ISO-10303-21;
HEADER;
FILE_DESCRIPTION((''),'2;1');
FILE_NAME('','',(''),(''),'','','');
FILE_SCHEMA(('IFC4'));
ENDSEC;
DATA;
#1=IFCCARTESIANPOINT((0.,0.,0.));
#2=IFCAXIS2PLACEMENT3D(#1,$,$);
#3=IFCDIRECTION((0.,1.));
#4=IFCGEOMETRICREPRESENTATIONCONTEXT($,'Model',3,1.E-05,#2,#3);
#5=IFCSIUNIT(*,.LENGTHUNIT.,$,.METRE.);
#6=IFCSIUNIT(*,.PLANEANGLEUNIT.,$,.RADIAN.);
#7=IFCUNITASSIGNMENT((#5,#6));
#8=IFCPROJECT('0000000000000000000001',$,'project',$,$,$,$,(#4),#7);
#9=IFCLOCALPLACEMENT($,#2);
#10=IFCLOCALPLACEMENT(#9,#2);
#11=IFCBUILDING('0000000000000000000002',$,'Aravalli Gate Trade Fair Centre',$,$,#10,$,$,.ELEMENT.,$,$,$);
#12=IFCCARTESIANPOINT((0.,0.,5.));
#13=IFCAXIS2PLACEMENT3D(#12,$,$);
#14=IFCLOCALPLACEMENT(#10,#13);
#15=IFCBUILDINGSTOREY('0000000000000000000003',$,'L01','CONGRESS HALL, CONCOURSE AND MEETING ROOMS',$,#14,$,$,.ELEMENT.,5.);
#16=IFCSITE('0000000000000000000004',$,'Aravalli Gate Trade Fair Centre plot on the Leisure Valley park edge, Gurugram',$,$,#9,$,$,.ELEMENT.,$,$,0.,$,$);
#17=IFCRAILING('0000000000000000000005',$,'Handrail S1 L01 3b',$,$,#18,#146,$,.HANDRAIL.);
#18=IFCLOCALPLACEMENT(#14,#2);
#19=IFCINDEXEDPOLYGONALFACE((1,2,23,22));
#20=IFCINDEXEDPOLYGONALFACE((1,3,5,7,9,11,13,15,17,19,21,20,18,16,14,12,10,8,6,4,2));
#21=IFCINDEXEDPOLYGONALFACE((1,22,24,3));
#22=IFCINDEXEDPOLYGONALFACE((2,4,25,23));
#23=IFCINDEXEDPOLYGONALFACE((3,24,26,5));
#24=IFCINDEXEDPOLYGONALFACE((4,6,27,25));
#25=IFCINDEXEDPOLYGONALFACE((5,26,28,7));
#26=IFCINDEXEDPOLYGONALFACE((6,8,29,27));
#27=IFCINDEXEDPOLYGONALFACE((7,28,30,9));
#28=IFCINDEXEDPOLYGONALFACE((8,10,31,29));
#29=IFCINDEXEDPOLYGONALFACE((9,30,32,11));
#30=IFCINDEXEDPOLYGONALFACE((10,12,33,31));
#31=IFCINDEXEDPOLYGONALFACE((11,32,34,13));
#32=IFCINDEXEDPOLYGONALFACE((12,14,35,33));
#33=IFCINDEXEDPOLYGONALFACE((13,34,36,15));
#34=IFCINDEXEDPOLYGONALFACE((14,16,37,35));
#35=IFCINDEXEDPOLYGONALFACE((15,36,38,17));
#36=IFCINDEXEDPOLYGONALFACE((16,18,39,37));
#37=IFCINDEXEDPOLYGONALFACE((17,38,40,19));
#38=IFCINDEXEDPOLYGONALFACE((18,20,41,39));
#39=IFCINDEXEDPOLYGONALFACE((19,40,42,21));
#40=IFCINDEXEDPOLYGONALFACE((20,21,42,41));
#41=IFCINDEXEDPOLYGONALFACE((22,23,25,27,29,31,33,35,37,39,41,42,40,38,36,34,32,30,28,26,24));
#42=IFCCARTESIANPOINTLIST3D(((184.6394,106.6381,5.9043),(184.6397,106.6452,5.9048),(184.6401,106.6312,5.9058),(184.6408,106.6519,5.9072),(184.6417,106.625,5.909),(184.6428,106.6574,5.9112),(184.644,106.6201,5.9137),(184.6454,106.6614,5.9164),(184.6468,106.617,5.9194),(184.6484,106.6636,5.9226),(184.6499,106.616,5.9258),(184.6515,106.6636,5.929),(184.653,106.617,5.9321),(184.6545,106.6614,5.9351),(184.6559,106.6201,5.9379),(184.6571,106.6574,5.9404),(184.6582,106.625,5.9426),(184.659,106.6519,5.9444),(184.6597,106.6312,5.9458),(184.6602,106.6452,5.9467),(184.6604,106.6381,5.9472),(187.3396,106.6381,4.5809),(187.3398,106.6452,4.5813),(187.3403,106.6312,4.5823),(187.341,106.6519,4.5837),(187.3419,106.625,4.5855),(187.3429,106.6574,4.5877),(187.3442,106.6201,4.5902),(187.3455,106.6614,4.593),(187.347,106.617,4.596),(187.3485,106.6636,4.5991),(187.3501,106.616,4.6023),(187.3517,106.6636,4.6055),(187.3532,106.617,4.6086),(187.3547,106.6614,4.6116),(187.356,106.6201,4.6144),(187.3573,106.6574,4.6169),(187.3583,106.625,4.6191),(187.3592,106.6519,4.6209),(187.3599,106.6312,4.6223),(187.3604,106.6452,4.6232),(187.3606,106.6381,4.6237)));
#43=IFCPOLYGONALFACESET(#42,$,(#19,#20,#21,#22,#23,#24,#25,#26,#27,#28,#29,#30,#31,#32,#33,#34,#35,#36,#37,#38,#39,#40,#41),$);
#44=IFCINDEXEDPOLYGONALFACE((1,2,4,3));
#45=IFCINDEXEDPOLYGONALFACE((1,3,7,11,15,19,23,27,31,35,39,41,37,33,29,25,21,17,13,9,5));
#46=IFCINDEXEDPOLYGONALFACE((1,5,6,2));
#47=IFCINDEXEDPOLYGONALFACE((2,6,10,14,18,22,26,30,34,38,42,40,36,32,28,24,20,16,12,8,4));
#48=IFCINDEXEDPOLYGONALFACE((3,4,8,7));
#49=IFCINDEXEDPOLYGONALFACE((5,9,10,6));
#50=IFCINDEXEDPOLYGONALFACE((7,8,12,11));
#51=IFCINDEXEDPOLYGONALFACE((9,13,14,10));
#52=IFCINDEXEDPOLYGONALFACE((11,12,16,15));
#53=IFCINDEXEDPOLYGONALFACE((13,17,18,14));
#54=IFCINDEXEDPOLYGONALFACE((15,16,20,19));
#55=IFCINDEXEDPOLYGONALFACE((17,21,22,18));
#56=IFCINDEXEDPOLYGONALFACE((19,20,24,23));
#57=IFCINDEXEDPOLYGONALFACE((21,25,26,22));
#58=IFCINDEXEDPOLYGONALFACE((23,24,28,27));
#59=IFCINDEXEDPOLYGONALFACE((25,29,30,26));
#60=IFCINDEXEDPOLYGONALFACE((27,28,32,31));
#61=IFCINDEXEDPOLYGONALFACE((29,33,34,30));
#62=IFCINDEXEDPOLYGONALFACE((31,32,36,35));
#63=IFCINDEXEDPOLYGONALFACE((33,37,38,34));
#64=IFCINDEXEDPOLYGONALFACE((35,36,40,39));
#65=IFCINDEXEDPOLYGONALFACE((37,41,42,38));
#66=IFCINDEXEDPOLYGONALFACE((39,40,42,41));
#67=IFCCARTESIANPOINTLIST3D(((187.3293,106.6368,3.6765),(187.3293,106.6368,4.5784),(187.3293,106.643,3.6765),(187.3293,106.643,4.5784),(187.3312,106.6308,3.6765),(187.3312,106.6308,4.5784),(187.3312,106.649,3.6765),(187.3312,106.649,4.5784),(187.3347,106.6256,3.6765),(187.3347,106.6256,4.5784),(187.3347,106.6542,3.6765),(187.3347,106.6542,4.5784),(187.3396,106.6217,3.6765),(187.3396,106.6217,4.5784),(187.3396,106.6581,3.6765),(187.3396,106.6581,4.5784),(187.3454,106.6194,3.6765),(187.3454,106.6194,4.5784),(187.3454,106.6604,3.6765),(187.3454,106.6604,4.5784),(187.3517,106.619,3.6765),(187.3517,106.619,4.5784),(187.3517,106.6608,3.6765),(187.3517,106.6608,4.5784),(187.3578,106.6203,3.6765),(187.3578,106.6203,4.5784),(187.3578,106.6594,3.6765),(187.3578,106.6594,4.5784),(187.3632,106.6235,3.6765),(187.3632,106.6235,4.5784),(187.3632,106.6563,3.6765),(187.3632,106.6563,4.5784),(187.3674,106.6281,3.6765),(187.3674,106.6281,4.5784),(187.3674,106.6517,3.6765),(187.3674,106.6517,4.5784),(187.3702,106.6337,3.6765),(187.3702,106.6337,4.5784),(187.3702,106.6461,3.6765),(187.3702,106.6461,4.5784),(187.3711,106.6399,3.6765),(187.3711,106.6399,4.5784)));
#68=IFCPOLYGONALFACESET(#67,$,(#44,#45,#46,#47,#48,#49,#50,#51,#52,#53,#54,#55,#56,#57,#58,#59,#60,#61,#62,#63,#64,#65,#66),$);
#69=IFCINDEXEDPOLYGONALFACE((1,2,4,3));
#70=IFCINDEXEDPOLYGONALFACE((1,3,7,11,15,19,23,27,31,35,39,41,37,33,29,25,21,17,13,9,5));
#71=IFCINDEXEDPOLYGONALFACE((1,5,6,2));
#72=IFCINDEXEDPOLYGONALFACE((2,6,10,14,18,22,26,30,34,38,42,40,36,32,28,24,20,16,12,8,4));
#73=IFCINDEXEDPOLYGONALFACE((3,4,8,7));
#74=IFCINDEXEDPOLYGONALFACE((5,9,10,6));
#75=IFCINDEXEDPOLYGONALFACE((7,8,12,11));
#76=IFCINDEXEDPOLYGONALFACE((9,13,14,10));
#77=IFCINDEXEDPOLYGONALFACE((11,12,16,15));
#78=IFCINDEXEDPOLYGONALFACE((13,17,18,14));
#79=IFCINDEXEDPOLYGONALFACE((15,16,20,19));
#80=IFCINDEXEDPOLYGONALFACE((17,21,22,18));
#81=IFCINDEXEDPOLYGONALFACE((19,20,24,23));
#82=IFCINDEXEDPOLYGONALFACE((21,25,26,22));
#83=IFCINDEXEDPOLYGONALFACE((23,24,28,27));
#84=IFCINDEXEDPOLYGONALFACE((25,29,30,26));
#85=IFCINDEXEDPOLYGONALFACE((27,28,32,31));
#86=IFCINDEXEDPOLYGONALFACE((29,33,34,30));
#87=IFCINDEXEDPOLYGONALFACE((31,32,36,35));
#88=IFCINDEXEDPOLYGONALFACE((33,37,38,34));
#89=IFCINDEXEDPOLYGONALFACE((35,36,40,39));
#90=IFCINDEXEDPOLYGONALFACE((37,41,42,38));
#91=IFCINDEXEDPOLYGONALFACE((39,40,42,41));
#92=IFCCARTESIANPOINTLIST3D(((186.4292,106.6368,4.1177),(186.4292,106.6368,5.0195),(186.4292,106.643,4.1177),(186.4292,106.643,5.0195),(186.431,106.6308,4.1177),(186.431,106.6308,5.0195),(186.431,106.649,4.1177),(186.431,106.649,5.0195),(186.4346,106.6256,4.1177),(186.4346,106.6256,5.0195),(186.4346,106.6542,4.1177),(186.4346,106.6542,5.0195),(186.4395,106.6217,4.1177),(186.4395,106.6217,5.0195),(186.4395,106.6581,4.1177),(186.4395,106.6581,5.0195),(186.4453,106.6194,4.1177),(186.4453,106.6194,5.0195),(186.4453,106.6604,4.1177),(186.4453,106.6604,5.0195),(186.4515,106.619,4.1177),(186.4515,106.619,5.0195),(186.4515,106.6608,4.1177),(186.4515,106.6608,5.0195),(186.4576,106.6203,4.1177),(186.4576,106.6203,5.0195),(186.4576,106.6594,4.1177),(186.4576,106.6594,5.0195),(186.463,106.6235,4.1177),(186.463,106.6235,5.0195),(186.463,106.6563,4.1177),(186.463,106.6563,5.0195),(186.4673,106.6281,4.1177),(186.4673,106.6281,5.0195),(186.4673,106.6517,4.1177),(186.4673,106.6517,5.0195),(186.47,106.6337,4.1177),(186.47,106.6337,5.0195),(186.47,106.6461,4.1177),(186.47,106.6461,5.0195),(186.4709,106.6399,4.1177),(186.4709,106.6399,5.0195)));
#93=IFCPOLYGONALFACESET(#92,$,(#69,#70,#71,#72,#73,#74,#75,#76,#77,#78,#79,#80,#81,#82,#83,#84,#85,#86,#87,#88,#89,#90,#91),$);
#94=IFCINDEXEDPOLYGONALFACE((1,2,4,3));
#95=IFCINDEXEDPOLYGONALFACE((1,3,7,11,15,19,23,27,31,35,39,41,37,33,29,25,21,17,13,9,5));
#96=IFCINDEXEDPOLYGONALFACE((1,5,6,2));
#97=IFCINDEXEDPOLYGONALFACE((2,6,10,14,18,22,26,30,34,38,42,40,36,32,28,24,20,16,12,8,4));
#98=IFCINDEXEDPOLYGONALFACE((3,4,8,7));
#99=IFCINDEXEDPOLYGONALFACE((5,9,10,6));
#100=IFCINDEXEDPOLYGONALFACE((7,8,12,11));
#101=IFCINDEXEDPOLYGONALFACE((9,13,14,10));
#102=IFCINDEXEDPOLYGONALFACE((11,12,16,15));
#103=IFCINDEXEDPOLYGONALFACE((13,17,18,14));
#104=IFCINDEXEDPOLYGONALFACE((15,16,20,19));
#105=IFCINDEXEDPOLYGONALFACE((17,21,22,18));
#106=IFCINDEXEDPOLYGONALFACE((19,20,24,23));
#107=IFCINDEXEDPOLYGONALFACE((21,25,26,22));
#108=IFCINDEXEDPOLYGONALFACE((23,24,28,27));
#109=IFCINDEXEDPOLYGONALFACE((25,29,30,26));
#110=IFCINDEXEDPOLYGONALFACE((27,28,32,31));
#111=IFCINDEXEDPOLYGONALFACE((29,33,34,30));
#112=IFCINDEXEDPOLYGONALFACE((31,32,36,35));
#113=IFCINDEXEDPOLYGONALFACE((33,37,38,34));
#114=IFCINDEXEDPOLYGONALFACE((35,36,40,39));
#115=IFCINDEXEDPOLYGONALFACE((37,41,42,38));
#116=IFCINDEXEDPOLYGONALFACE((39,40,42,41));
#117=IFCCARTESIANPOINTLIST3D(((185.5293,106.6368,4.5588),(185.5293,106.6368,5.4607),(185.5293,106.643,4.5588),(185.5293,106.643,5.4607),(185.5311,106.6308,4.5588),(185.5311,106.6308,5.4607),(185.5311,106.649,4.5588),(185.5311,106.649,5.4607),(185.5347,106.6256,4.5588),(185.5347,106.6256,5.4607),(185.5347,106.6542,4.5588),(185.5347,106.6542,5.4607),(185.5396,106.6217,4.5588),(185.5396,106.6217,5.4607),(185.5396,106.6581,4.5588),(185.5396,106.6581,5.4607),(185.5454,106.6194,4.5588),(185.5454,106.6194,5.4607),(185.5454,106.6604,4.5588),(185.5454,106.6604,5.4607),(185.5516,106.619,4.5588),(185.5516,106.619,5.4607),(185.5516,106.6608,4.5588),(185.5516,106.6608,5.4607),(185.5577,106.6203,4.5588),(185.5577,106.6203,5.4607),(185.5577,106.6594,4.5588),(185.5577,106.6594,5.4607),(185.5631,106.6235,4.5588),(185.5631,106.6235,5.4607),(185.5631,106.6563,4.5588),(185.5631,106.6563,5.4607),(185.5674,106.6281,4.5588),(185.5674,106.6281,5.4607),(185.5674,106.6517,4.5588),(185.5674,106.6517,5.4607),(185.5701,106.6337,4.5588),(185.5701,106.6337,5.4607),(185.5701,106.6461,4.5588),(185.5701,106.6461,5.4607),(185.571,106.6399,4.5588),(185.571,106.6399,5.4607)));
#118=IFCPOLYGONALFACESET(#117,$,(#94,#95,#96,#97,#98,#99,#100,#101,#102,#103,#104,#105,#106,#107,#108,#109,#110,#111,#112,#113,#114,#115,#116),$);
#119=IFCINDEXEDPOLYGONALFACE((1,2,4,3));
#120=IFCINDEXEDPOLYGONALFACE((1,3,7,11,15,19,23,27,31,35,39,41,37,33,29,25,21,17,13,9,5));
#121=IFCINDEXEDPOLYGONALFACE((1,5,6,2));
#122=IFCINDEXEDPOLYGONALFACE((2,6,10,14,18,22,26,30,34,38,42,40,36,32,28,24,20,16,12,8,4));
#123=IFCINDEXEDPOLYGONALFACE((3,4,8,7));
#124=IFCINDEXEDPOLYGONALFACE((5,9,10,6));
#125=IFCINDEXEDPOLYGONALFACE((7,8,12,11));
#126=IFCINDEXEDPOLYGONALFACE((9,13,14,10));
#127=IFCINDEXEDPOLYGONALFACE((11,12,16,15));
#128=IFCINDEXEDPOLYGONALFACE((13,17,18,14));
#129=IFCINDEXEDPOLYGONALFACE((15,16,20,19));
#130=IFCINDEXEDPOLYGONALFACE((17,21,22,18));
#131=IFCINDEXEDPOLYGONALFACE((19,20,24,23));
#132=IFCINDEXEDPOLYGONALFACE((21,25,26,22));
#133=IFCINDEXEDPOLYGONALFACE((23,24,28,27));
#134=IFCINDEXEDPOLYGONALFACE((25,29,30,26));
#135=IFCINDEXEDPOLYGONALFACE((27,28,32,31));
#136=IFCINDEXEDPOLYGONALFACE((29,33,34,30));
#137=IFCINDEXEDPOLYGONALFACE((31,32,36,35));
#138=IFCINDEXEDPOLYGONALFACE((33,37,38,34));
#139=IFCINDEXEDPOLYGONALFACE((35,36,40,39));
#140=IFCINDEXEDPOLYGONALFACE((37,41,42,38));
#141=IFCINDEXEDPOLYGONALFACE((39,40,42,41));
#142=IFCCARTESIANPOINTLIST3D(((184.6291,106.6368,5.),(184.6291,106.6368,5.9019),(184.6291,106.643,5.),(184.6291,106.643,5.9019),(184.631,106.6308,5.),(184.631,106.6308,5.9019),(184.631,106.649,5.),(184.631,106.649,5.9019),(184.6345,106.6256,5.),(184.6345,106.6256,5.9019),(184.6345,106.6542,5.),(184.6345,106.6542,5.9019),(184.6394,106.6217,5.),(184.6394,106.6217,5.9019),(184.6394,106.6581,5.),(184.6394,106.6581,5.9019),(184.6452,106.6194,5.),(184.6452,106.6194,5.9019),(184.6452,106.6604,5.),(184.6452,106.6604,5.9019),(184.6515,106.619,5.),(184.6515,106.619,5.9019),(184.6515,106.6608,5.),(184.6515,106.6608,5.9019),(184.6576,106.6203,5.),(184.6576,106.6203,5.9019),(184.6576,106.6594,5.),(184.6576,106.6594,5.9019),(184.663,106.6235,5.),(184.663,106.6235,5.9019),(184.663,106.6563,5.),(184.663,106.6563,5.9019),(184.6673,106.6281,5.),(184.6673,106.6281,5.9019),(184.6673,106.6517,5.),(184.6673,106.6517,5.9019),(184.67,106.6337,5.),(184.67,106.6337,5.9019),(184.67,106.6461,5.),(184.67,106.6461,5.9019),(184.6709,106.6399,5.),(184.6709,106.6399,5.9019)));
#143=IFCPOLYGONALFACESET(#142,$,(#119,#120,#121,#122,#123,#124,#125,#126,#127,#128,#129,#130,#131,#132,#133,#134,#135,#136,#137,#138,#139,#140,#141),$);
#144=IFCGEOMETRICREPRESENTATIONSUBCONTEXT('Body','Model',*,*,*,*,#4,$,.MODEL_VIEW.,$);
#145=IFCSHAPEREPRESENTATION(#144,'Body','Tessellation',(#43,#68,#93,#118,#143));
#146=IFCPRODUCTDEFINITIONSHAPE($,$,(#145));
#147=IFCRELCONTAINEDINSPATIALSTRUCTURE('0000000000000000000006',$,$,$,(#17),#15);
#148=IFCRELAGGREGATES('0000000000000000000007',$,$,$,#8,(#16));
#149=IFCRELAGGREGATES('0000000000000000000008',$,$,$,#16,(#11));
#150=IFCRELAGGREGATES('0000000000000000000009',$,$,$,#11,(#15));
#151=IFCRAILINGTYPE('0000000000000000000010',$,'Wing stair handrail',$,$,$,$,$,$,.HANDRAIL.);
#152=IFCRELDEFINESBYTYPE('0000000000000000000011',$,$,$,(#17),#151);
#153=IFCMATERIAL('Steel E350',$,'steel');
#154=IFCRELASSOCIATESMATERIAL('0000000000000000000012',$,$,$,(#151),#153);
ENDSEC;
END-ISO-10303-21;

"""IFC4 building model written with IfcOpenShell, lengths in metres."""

from ifc_helpers import new_model, si_unit, direction, frame, origin, origin_2d, place, context, subcontext, project, spatial, circle, extrude, material, type_object, element, save


model = new_model("IFC4")

# Units and contexts
model_context = context("Model", 3, precision=1e-05, world=origin(), true_north=direction((0.0, 1.0)))
body_context = subcontext(model_context, "Body", "Model", "MODEL_VIEW")
ifc_project = project(units=[si_unit("LENGTHUNIT", "METRE"), si_unit("PLANEANGLEUNIT", "RADIAN")], contexts=[model_context])

# Site, building, storey
site_placement = place(None, origin())
site = spatial("IfcSite", under=ifc_project, at=site_placement, Name="Aravalli Gate Trade Fair Centre plot on the Leisure Valley park edge, Gurugram", CompositionType="ELEMENT", RefElevation=0.0)
building_placement = place(site_placement, origin())
building = spatial("IfcBuilding", under=site, at=building_placement, Name="Aravalli Gate Trade Fair Centre", CompositionType="ELEMENT")
storey_placement = place(building_placement, frame((0.0, 0.0, 5.0)))
storey = spatial("IfcBuildingStorey", under=building, at=storey_placement, Name="L01", Description="CONGRESS HALL, CONCOURSE AND MEETING ROOMS", CompositionType="ELEMENT", Elevation=5.0)

# Shared definitions
ifc_material_1 = material(Name="Steel E350", Category="steel")

# Railing
railing_type_1 = type_object("IfcRailingType", Name="Wing stair handrail", PredefinedType="HANDRAIL", material=ifc_material_1)
for number, where, name in (
    (1, (187.3501, 106.6399, 3.6765), "Handrail S1 L01 3b"),
):
    element("IfcRailing", number, at=place(storey_placement, frame(where)), inside=storey, type_object=railing_type_1, Name=name, PredefinedType="HANDRAIL", context=body_context, shape_type="SweptSolid", body=[
        extrude(circle(Radius=0.0239, at=origin_2d()), frame((0.0, 0.0, 0.9258), z_axis=(-0.897939, 0.0, 0.44012), x_axis=(0.0, -1.0, 0.0)), (0.0, 0.0, 1.0), 3.0071),
        extrude(circle(Radius=0.021, at=origin_2d()), origin(), (0.0, 0.0, 1.0), 0.9019),
        extrude(circle(Radius=0.021, at=origin_2d()), frame((-0.9001, 0.0, 0.4412)), (0.0, 0.0, 1.0), 0.9019),
        extrude(circle(Radius=0.021, at=origin_2d()), frame((-1.8, 0.0, 0.8823)), (0.0, 0.0, 1.0), 0.9019),
        extrude(circle(Radius=0.021, at=origin_2d()), frame((-2.7002, 0.0, 1.3235)), (0.0, 0.0, 1.0), 0.9019),
    ])

save(model, "model.ifc")
